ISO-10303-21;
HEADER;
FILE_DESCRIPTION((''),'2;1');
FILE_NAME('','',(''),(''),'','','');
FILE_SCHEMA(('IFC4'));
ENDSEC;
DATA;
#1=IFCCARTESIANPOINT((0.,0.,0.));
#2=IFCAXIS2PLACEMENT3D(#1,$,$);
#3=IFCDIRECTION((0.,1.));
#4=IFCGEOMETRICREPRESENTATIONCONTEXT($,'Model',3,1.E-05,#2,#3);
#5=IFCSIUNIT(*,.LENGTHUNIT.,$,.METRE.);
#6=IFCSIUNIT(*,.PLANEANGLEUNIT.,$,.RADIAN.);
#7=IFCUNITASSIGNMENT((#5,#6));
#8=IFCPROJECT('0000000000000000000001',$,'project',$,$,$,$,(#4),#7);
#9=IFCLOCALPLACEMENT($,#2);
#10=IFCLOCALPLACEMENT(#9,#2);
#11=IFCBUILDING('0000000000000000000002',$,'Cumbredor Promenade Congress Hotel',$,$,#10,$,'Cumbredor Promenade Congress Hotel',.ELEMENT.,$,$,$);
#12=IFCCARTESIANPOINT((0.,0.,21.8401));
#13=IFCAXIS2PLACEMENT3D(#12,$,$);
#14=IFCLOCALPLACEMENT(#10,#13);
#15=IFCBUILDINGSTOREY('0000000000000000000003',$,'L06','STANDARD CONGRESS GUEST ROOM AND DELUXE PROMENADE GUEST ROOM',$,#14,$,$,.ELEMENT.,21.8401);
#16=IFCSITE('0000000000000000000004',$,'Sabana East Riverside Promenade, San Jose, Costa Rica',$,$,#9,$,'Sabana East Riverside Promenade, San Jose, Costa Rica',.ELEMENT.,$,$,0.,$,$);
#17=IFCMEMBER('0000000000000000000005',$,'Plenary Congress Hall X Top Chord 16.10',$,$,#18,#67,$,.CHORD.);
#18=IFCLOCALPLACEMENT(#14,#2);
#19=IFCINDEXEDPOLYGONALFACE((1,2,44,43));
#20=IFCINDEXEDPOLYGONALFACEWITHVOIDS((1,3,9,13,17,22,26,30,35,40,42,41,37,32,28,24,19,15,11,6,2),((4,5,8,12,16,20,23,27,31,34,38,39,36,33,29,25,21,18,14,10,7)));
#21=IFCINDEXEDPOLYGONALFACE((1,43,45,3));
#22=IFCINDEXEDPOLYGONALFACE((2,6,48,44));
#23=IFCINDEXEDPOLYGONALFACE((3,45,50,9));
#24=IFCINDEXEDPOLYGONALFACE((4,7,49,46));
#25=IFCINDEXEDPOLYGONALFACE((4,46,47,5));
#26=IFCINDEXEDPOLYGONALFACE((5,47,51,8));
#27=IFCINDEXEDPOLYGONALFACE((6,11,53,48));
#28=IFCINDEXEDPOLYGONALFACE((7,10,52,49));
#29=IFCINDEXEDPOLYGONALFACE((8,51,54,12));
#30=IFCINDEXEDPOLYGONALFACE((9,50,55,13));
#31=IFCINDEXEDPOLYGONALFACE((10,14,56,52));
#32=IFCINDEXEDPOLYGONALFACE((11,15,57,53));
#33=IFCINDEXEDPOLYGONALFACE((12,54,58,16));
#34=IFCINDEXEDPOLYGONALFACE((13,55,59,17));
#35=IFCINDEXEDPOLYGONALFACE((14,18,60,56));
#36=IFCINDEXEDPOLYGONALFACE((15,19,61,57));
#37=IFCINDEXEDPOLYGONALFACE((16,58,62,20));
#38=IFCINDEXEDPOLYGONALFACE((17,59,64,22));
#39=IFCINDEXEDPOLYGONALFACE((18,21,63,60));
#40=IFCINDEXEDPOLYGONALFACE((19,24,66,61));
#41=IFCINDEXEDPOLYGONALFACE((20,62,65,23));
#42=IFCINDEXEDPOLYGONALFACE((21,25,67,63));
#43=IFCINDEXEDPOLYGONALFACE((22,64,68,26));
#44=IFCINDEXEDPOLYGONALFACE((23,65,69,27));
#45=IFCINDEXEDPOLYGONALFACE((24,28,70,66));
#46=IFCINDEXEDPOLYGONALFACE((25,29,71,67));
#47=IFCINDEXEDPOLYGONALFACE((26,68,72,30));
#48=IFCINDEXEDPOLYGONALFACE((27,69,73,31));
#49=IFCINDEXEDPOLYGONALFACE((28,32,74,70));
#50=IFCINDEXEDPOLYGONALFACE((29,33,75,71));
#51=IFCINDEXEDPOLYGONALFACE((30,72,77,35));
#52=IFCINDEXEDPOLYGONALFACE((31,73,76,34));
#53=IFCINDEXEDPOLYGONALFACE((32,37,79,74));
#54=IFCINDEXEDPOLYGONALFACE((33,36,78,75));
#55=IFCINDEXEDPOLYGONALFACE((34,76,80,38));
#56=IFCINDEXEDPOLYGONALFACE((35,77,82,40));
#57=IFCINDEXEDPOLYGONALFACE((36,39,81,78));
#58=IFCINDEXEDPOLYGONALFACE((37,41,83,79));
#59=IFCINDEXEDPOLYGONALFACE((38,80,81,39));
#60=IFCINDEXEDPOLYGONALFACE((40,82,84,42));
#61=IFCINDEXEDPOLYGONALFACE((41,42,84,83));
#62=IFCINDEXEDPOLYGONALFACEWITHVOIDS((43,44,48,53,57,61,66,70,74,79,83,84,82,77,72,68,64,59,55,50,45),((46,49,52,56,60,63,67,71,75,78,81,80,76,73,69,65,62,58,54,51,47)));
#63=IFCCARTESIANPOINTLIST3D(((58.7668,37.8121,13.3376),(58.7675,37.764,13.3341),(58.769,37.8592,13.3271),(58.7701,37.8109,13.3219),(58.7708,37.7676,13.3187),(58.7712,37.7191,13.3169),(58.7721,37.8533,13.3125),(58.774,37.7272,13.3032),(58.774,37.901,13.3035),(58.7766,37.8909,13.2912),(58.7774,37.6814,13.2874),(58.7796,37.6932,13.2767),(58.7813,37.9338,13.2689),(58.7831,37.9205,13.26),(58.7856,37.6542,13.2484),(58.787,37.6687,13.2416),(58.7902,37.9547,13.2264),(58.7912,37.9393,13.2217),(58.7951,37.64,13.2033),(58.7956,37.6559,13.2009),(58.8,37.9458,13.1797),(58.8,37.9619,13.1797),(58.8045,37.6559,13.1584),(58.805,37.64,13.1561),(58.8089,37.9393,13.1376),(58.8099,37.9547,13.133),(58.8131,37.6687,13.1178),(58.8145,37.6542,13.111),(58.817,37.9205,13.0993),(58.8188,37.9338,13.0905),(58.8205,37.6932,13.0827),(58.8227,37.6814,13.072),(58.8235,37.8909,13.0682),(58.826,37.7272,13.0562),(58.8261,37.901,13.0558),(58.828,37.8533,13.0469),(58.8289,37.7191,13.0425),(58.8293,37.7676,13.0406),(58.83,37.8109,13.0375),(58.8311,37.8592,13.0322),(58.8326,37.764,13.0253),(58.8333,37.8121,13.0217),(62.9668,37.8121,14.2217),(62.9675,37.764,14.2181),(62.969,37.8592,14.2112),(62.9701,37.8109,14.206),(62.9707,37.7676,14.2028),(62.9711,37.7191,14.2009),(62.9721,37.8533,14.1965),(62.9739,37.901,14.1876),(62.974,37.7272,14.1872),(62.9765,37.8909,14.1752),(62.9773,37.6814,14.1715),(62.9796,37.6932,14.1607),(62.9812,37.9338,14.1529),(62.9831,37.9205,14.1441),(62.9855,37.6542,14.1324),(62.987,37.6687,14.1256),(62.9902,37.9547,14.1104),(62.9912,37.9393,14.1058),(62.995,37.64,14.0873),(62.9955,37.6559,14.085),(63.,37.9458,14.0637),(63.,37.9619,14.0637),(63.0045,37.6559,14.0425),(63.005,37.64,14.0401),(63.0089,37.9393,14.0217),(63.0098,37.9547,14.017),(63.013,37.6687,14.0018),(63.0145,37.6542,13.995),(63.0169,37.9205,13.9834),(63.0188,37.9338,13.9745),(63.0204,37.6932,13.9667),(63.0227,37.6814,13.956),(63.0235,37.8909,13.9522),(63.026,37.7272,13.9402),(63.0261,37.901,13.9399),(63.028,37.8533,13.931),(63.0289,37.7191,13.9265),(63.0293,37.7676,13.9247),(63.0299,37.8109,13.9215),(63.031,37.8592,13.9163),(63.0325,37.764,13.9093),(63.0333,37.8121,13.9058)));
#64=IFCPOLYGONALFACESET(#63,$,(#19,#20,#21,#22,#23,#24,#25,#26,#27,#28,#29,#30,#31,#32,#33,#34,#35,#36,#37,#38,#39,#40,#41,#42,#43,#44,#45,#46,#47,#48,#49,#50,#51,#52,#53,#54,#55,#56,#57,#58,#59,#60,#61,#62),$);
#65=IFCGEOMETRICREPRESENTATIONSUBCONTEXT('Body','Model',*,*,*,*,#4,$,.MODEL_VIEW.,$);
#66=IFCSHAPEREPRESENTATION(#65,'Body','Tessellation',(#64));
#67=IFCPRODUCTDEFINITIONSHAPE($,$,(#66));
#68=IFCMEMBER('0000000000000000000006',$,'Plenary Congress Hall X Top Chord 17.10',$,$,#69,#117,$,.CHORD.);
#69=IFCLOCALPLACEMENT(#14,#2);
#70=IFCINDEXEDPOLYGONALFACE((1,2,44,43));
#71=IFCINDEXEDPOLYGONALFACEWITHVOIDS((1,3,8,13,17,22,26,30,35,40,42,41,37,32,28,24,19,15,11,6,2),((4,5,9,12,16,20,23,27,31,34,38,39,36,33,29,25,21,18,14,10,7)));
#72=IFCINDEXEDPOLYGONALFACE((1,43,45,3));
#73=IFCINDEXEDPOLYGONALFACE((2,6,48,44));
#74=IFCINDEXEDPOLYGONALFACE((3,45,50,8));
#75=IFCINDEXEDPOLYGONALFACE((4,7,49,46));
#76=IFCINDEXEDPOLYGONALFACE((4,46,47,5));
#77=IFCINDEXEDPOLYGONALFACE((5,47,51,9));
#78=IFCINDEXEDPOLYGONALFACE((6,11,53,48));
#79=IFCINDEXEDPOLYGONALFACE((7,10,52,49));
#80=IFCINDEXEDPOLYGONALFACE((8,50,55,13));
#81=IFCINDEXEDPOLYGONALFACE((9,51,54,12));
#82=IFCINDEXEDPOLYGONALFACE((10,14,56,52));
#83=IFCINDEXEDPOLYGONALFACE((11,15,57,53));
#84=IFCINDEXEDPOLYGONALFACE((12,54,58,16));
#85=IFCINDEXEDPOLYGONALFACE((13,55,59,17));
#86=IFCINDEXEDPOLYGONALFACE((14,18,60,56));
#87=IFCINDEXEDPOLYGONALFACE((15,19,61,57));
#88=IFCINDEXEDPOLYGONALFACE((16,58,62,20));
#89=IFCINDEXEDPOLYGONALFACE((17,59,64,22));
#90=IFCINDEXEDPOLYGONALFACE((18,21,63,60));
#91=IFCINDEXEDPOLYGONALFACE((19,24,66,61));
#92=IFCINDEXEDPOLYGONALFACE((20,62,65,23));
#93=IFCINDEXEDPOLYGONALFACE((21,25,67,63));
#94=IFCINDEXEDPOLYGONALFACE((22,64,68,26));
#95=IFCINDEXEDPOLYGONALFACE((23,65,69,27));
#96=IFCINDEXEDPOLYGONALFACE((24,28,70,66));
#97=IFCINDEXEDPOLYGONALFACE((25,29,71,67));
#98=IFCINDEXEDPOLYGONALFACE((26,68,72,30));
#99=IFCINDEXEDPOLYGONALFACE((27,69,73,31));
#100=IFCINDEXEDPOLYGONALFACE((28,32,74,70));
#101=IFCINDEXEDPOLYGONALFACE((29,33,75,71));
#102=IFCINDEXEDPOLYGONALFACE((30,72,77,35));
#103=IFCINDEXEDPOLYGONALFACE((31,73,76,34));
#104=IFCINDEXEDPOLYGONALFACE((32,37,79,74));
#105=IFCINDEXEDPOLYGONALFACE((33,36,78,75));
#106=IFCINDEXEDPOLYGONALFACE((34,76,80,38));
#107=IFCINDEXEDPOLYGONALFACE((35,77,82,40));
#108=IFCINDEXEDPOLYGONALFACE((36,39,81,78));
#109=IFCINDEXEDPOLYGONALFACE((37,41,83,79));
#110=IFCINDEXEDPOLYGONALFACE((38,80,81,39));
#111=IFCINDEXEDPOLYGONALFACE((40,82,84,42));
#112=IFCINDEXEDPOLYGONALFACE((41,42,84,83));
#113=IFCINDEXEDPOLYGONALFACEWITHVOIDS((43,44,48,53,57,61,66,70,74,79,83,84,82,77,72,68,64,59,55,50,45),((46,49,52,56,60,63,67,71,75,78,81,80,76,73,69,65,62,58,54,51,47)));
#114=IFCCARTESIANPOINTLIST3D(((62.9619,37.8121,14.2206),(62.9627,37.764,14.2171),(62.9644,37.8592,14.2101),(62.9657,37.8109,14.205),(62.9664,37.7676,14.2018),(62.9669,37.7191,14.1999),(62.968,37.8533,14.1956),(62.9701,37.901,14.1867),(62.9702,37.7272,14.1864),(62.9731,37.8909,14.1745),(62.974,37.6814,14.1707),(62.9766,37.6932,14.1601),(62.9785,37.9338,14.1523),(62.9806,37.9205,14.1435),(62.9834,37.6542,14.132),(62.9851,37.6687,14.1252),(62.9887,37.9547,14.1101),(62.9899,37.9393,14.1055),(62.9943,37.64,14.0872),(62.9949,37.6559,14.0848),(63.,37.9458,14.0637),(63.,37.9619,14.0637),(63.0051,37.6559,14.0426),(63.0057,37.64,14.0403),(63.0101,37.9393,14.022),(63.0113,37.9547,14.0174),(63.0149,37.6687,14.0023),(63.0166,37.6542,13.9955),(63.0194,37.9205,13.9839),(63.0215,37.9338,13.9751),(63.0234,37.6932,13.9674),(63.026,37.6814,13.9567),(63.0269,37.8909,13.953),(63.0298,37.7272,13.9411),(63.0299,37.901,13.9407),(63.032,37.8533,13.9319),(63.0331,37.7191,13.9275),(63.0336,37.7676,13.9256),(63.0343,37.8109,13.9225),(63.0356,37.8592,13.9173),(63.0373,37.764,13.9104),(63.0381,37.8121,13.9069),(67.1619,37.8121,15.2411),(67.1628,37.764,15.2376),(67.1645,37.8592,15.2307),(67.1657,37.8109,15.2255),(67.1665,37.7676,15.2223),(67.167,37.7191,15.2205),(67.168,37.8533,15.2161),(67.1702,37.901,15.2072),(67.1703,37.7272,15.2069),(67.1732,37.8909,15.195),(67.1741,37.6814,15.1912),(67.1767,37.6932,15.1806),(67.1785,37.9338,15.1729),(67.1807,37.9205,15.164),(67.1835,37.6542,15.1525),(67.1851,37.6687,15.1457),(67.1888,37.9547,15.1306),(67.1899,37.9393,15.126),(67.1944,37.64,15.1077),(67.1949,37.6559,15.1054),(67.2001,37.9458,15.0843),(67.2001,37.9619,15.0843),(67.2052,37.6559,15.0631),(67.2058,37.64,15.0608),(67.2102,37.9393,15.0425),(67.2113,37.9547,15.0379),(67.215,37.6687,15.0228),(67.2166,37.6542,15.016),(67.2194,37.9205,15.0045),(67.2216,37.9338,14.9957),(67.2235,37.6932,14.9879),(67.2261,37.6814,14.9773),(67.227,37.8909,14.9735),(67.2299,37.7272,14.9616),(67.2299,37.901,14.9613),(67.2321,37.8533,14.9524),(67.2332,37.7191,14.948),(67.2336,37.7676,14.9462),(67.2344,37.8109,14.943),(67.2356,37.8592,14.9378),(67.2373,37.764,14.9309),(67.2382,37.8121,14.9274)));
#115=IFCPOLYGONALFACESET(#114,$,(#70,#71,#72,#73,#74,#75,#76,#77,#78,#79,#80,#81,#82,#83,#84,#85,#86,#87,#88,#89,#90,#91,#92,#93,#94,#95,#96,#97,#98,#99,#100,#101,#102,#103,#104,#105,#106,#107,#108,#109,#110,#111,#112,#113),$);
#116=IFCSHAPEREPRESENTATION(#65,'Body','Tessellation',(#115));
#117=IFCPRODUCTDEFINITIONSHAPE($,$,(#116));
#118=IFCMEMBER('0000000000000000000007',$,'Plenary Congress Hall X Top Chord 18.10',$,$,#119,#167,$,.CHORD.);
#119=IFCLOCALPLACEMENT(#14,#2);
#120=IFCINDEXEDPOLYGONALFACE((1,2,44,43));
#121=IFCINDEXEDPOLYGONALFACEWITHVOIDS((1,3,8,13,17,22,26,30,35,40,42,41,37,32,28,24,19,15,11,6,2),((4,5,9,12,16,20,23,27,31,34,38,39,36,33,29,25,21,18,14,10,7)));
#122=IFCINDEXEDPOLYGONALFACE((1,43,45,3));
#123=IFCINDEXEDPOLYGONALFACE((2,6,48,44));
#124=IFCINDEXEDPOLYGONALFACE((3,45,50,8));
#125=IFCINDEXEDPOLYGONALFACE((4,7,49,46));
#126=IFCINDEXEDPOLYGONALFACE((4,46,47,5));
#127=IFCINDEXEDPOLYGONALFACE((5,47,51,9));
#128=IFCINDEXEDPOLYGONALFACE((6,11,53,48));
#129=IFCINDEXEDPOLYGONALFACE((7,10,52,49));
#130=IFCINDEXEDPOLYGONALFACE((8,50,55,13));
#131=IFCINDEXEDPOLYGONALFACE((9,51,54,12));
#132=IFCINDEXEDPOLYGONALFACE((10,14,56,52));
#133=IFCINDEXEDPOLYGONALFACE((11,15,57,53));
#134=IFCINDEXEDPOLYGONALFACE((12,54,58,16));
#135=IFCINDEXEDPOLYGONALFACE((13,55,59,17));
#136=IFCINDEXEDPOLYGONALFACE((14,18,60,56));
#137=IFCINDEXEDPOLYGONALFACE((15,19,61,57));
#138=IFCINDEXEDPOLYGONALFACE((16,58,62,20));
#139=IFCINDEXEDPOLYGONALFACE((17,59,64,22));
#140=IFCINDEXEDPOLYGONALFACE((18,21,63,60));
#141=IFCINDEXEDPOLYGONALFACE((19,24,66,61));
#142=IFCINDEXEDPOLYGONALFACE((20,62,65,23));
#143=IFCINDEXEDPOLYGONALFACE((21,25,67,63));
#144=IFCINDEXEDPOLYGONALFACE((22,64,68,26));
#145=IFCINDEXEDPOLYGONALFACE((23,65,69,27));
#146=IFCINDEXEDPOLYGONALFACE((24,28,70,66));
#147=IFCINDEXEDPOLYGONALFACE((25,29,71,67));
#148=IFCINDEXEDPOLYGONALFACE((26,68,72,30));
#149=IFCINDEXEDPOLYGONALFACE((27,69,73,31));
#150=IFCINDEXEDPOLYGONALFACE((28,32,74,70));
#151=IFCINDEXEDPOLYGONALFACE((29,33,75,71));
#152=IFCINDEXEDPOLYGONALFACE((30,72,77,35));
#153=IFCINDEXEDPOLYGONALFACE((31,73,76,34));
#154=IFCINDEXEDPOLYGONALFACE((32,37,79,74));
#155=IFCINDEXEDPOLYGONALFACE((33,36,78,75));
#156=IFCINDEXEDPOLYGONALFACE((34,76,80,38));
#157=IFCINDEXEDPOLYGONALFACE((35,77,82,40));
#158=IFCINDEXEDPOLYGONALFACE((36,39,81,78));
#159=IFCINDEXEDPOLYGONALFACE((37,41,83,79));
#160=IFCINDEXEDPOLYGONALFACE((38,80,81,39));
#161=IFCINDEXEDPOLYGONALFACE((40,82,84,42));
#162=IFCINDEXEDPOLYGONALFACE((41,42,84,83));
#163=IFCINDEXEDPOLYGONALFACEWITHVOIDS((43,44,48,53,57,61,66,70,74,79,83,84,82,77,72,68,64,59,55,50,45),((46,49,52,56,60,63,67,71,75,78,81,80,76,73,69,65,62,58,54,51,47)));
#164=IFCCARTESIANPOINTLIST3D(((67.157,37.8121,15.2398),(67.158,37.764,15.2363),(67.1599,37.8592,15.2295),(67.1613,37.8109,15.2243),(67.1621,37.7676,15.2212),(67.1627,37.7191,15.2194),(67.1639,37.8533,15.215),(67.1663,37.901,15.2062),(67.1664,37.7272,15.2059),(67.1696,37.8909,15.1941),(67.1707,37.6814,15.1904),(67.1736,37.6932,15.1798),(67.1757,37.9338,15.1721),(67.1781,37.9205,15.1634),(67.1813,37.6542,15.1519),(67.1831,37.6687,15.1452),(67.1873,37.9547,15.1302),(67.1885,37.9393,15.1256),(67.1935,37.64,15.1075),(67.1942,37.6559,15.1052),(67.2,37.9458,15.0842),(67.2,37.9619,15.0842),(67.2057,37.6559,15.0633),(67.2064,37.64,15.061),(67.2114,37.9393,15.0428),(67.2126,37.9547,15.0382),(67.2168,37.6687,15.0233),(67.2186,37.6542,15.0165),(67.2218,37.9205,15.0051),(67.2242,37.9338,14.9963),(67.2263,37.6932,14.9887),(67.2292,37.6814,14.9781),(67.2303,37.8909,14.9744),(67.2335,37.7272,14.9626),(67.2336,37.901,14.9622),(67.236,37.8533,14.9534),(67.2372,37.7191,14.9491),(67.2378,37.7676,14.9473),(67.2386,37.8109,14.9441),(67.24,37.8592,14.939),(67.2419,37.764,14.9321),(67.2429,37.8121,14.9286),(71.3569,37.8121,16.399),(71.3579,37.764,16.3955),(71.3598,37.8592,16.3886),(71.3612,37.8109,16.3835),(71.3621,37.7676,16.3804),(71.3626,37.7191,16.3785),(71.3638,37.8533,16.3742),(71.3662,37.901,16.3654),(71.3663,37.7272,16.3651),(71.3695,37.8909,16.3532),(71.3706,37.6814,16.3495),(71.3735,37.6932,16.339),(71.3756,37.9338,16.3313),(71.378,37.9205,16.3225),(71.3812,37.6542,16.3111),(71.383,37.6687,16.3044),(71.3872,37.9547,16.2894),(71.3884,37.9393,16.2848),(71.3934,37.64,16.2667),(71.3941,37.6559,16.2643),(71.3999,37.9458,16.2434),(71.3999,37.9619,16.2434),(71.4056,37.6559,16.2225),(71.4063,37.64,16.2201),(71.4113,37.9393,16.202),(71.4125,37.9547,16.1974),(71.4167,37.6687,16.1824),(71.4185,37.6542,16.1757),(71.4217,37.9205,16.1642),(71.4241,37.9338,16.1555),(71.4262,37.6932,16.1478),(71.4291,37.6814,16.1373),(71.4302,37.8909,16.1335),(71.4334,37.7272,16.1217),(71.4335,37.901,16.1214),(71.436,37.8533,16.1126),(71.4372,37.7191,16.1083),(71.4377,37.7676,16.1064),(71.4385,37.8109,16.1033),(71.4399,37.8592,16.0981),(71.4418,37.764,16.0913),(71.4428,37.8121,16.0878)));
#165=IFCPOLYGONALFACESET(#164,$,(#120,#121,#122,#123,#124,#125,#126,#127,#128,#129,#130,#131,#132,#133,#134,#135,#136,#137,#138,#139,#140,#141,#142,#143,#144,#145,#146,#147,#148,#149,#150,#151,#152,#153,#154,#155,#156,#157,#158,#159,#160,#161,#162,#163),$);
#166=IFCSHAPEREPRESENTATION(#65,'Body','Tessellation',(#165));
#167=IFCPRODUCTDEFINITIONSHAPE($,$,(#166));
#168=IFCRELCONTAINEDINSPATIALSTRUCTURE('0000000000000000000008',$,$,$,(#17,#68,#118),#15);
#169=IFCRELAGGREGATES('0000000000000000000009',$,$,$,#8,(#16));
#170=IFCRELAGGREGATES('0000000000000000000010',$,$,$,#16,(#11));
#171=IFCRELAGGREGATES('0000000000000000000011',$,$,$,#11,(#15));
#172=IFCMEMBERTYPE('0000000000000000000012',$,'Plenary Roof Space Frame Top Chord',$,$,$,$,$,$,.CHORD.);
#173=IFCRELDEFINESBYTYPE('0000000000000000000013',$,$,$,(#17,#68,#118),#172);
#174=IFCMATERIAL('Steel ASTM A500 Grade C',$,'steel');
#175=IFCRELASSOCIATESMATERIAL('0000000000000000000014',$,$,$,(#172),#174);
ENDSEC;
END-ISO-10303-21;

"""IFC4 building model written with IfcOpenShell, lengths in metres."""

from ifc_helpers import new_model, si_unit, direction, frame, origin, origin_2d, place, context, subcontext, project, spatial, hollow_circle, extrude, material, material_profile, profile_set, type_object, element, save


model = new_model("IFC4")

# Units and contexts
model_context = context("Model", 3, precision=1e-05, world=origin(), true_north=direction((0.0, 1.0)))
body_context = subcontext(model_context, "Body", "Model", "MODEL_VIEW")
ifc_project = project(units=[si_unit("LENGTHUNIT", "METRE"), si_unit("PLANEANGLEUNIT", "RADIAN")], contexts=[model_context])

# Site, building, storey
site_placement = place(None, origin())
site = spatial("IfcSite", under=ifc_project, at=site_placement, Name="Sabana East Riverside Promenade, San Jose, Costa Rica", LongName="Sabana East Riverside Promenade, San Jose, Costa Rica", CompositionType="ELEMENT", RefElevation=0.0)
building_placement = place(site_placement, origin())
building = spatial("IfcBuilding", under=site, at=building_placement, Name="Cumbredor Promenade Congress Hotel", LongName="Cumbredor Promenade Congress Hotel", CompositionType="ELEMENT")
storey_placement = place(building_placement, frame((0.0, 0.0, 21.8401)))
storey = spatial("IfcBuildingStorey", under=building, at=storey_placement, Name="L06", Description="STANDARD CONGRESS GUEST ROOM AND DELUXE PROMENADE GUEST ROOM", CompositionType="ELEMENT", Elevation=21.8401)

# Members
ifc_material_1 = material(Name="Steel ASTM A500 Grade C", Category="steel")
ifc_material_profile_1 = material_profile(ifc_material_1, hollow_circle(Radius=0.1619, WallThickness=0.0161, at=origin_2d()), Name="CHS 323.9x16")
ifc_profile_set_1 = profile_set([ifc_material_profile_1], Name="Steel ASTM A500 Grade C")
member_type_1 = type_object("IfcMemberType", Name="Plenary Roof Space Frame Top Chord", PredefinedType="CHORD", material=ifc_profile_set_1)
member_1_placement = place(storey_placement, frame((58.8, 37.8, 13.1797), z_axis=(0.978558, 0.0, 0.205973), x_axis=(0.0, 1.0, 0.0)))
element("IfcMember", 1, at=member_1_placement, inside=storey, type_object=member_type_1, Name="Plenary Congress Hall X Top Chord 16.10", PredefinedType="CHORD", context=body_context, shape_type="SweptSolid", body=[
    extrude(hollow_circle(Radius=0.1619, WallThickness=0.0161, at=origin_2d()), origin(), (0.0, 0.0, 1.0), 4.292),
])
member_2_placement = place(storey_placement, frame((63.0, 37.8, 14.0637), z_axis=(0.971726, 0.0, 0.236111), x_axis=(0.0, 1.0, 0.0)))
element("IfcMember", 2, at=member_2_placement, inside=storey, type_object=member_type_1, Name="Plenary Congress Hall X Top Chord 17.10", PredefinedType="CHORD", context=body_context, shape_type="SweptSolid", body=[
    extrude(hollow_circle(Radius=0.1619, WallThickness=0.0161, at=origin_2d()), origin(), (0.0, 0.0, 1.0), 4.3223),
])
member_3_placement = place(storey_placement, frame((67.2, 37.8, 15.0842), z_axis=(0.963959, 0.0, 0.266051), x_axis=(0.0, 1.0, 0.0)))
element("IfcMember", 3, at=member_3_placement, inside=storey, type_object=member_type_1, Name="Plenary Congress Hall X Top Chord 18.10", PredefinedType="CHORD", context=body_context, shape_type="SweptSolid", body=[
    extrude(hollow_circle(Radius=0.1619, WallThickness=0.0161, at=origin_2d()), origin(), (0.0, 0.0, 1.0), 4.3569),
])

save(model, "model.ifc")
